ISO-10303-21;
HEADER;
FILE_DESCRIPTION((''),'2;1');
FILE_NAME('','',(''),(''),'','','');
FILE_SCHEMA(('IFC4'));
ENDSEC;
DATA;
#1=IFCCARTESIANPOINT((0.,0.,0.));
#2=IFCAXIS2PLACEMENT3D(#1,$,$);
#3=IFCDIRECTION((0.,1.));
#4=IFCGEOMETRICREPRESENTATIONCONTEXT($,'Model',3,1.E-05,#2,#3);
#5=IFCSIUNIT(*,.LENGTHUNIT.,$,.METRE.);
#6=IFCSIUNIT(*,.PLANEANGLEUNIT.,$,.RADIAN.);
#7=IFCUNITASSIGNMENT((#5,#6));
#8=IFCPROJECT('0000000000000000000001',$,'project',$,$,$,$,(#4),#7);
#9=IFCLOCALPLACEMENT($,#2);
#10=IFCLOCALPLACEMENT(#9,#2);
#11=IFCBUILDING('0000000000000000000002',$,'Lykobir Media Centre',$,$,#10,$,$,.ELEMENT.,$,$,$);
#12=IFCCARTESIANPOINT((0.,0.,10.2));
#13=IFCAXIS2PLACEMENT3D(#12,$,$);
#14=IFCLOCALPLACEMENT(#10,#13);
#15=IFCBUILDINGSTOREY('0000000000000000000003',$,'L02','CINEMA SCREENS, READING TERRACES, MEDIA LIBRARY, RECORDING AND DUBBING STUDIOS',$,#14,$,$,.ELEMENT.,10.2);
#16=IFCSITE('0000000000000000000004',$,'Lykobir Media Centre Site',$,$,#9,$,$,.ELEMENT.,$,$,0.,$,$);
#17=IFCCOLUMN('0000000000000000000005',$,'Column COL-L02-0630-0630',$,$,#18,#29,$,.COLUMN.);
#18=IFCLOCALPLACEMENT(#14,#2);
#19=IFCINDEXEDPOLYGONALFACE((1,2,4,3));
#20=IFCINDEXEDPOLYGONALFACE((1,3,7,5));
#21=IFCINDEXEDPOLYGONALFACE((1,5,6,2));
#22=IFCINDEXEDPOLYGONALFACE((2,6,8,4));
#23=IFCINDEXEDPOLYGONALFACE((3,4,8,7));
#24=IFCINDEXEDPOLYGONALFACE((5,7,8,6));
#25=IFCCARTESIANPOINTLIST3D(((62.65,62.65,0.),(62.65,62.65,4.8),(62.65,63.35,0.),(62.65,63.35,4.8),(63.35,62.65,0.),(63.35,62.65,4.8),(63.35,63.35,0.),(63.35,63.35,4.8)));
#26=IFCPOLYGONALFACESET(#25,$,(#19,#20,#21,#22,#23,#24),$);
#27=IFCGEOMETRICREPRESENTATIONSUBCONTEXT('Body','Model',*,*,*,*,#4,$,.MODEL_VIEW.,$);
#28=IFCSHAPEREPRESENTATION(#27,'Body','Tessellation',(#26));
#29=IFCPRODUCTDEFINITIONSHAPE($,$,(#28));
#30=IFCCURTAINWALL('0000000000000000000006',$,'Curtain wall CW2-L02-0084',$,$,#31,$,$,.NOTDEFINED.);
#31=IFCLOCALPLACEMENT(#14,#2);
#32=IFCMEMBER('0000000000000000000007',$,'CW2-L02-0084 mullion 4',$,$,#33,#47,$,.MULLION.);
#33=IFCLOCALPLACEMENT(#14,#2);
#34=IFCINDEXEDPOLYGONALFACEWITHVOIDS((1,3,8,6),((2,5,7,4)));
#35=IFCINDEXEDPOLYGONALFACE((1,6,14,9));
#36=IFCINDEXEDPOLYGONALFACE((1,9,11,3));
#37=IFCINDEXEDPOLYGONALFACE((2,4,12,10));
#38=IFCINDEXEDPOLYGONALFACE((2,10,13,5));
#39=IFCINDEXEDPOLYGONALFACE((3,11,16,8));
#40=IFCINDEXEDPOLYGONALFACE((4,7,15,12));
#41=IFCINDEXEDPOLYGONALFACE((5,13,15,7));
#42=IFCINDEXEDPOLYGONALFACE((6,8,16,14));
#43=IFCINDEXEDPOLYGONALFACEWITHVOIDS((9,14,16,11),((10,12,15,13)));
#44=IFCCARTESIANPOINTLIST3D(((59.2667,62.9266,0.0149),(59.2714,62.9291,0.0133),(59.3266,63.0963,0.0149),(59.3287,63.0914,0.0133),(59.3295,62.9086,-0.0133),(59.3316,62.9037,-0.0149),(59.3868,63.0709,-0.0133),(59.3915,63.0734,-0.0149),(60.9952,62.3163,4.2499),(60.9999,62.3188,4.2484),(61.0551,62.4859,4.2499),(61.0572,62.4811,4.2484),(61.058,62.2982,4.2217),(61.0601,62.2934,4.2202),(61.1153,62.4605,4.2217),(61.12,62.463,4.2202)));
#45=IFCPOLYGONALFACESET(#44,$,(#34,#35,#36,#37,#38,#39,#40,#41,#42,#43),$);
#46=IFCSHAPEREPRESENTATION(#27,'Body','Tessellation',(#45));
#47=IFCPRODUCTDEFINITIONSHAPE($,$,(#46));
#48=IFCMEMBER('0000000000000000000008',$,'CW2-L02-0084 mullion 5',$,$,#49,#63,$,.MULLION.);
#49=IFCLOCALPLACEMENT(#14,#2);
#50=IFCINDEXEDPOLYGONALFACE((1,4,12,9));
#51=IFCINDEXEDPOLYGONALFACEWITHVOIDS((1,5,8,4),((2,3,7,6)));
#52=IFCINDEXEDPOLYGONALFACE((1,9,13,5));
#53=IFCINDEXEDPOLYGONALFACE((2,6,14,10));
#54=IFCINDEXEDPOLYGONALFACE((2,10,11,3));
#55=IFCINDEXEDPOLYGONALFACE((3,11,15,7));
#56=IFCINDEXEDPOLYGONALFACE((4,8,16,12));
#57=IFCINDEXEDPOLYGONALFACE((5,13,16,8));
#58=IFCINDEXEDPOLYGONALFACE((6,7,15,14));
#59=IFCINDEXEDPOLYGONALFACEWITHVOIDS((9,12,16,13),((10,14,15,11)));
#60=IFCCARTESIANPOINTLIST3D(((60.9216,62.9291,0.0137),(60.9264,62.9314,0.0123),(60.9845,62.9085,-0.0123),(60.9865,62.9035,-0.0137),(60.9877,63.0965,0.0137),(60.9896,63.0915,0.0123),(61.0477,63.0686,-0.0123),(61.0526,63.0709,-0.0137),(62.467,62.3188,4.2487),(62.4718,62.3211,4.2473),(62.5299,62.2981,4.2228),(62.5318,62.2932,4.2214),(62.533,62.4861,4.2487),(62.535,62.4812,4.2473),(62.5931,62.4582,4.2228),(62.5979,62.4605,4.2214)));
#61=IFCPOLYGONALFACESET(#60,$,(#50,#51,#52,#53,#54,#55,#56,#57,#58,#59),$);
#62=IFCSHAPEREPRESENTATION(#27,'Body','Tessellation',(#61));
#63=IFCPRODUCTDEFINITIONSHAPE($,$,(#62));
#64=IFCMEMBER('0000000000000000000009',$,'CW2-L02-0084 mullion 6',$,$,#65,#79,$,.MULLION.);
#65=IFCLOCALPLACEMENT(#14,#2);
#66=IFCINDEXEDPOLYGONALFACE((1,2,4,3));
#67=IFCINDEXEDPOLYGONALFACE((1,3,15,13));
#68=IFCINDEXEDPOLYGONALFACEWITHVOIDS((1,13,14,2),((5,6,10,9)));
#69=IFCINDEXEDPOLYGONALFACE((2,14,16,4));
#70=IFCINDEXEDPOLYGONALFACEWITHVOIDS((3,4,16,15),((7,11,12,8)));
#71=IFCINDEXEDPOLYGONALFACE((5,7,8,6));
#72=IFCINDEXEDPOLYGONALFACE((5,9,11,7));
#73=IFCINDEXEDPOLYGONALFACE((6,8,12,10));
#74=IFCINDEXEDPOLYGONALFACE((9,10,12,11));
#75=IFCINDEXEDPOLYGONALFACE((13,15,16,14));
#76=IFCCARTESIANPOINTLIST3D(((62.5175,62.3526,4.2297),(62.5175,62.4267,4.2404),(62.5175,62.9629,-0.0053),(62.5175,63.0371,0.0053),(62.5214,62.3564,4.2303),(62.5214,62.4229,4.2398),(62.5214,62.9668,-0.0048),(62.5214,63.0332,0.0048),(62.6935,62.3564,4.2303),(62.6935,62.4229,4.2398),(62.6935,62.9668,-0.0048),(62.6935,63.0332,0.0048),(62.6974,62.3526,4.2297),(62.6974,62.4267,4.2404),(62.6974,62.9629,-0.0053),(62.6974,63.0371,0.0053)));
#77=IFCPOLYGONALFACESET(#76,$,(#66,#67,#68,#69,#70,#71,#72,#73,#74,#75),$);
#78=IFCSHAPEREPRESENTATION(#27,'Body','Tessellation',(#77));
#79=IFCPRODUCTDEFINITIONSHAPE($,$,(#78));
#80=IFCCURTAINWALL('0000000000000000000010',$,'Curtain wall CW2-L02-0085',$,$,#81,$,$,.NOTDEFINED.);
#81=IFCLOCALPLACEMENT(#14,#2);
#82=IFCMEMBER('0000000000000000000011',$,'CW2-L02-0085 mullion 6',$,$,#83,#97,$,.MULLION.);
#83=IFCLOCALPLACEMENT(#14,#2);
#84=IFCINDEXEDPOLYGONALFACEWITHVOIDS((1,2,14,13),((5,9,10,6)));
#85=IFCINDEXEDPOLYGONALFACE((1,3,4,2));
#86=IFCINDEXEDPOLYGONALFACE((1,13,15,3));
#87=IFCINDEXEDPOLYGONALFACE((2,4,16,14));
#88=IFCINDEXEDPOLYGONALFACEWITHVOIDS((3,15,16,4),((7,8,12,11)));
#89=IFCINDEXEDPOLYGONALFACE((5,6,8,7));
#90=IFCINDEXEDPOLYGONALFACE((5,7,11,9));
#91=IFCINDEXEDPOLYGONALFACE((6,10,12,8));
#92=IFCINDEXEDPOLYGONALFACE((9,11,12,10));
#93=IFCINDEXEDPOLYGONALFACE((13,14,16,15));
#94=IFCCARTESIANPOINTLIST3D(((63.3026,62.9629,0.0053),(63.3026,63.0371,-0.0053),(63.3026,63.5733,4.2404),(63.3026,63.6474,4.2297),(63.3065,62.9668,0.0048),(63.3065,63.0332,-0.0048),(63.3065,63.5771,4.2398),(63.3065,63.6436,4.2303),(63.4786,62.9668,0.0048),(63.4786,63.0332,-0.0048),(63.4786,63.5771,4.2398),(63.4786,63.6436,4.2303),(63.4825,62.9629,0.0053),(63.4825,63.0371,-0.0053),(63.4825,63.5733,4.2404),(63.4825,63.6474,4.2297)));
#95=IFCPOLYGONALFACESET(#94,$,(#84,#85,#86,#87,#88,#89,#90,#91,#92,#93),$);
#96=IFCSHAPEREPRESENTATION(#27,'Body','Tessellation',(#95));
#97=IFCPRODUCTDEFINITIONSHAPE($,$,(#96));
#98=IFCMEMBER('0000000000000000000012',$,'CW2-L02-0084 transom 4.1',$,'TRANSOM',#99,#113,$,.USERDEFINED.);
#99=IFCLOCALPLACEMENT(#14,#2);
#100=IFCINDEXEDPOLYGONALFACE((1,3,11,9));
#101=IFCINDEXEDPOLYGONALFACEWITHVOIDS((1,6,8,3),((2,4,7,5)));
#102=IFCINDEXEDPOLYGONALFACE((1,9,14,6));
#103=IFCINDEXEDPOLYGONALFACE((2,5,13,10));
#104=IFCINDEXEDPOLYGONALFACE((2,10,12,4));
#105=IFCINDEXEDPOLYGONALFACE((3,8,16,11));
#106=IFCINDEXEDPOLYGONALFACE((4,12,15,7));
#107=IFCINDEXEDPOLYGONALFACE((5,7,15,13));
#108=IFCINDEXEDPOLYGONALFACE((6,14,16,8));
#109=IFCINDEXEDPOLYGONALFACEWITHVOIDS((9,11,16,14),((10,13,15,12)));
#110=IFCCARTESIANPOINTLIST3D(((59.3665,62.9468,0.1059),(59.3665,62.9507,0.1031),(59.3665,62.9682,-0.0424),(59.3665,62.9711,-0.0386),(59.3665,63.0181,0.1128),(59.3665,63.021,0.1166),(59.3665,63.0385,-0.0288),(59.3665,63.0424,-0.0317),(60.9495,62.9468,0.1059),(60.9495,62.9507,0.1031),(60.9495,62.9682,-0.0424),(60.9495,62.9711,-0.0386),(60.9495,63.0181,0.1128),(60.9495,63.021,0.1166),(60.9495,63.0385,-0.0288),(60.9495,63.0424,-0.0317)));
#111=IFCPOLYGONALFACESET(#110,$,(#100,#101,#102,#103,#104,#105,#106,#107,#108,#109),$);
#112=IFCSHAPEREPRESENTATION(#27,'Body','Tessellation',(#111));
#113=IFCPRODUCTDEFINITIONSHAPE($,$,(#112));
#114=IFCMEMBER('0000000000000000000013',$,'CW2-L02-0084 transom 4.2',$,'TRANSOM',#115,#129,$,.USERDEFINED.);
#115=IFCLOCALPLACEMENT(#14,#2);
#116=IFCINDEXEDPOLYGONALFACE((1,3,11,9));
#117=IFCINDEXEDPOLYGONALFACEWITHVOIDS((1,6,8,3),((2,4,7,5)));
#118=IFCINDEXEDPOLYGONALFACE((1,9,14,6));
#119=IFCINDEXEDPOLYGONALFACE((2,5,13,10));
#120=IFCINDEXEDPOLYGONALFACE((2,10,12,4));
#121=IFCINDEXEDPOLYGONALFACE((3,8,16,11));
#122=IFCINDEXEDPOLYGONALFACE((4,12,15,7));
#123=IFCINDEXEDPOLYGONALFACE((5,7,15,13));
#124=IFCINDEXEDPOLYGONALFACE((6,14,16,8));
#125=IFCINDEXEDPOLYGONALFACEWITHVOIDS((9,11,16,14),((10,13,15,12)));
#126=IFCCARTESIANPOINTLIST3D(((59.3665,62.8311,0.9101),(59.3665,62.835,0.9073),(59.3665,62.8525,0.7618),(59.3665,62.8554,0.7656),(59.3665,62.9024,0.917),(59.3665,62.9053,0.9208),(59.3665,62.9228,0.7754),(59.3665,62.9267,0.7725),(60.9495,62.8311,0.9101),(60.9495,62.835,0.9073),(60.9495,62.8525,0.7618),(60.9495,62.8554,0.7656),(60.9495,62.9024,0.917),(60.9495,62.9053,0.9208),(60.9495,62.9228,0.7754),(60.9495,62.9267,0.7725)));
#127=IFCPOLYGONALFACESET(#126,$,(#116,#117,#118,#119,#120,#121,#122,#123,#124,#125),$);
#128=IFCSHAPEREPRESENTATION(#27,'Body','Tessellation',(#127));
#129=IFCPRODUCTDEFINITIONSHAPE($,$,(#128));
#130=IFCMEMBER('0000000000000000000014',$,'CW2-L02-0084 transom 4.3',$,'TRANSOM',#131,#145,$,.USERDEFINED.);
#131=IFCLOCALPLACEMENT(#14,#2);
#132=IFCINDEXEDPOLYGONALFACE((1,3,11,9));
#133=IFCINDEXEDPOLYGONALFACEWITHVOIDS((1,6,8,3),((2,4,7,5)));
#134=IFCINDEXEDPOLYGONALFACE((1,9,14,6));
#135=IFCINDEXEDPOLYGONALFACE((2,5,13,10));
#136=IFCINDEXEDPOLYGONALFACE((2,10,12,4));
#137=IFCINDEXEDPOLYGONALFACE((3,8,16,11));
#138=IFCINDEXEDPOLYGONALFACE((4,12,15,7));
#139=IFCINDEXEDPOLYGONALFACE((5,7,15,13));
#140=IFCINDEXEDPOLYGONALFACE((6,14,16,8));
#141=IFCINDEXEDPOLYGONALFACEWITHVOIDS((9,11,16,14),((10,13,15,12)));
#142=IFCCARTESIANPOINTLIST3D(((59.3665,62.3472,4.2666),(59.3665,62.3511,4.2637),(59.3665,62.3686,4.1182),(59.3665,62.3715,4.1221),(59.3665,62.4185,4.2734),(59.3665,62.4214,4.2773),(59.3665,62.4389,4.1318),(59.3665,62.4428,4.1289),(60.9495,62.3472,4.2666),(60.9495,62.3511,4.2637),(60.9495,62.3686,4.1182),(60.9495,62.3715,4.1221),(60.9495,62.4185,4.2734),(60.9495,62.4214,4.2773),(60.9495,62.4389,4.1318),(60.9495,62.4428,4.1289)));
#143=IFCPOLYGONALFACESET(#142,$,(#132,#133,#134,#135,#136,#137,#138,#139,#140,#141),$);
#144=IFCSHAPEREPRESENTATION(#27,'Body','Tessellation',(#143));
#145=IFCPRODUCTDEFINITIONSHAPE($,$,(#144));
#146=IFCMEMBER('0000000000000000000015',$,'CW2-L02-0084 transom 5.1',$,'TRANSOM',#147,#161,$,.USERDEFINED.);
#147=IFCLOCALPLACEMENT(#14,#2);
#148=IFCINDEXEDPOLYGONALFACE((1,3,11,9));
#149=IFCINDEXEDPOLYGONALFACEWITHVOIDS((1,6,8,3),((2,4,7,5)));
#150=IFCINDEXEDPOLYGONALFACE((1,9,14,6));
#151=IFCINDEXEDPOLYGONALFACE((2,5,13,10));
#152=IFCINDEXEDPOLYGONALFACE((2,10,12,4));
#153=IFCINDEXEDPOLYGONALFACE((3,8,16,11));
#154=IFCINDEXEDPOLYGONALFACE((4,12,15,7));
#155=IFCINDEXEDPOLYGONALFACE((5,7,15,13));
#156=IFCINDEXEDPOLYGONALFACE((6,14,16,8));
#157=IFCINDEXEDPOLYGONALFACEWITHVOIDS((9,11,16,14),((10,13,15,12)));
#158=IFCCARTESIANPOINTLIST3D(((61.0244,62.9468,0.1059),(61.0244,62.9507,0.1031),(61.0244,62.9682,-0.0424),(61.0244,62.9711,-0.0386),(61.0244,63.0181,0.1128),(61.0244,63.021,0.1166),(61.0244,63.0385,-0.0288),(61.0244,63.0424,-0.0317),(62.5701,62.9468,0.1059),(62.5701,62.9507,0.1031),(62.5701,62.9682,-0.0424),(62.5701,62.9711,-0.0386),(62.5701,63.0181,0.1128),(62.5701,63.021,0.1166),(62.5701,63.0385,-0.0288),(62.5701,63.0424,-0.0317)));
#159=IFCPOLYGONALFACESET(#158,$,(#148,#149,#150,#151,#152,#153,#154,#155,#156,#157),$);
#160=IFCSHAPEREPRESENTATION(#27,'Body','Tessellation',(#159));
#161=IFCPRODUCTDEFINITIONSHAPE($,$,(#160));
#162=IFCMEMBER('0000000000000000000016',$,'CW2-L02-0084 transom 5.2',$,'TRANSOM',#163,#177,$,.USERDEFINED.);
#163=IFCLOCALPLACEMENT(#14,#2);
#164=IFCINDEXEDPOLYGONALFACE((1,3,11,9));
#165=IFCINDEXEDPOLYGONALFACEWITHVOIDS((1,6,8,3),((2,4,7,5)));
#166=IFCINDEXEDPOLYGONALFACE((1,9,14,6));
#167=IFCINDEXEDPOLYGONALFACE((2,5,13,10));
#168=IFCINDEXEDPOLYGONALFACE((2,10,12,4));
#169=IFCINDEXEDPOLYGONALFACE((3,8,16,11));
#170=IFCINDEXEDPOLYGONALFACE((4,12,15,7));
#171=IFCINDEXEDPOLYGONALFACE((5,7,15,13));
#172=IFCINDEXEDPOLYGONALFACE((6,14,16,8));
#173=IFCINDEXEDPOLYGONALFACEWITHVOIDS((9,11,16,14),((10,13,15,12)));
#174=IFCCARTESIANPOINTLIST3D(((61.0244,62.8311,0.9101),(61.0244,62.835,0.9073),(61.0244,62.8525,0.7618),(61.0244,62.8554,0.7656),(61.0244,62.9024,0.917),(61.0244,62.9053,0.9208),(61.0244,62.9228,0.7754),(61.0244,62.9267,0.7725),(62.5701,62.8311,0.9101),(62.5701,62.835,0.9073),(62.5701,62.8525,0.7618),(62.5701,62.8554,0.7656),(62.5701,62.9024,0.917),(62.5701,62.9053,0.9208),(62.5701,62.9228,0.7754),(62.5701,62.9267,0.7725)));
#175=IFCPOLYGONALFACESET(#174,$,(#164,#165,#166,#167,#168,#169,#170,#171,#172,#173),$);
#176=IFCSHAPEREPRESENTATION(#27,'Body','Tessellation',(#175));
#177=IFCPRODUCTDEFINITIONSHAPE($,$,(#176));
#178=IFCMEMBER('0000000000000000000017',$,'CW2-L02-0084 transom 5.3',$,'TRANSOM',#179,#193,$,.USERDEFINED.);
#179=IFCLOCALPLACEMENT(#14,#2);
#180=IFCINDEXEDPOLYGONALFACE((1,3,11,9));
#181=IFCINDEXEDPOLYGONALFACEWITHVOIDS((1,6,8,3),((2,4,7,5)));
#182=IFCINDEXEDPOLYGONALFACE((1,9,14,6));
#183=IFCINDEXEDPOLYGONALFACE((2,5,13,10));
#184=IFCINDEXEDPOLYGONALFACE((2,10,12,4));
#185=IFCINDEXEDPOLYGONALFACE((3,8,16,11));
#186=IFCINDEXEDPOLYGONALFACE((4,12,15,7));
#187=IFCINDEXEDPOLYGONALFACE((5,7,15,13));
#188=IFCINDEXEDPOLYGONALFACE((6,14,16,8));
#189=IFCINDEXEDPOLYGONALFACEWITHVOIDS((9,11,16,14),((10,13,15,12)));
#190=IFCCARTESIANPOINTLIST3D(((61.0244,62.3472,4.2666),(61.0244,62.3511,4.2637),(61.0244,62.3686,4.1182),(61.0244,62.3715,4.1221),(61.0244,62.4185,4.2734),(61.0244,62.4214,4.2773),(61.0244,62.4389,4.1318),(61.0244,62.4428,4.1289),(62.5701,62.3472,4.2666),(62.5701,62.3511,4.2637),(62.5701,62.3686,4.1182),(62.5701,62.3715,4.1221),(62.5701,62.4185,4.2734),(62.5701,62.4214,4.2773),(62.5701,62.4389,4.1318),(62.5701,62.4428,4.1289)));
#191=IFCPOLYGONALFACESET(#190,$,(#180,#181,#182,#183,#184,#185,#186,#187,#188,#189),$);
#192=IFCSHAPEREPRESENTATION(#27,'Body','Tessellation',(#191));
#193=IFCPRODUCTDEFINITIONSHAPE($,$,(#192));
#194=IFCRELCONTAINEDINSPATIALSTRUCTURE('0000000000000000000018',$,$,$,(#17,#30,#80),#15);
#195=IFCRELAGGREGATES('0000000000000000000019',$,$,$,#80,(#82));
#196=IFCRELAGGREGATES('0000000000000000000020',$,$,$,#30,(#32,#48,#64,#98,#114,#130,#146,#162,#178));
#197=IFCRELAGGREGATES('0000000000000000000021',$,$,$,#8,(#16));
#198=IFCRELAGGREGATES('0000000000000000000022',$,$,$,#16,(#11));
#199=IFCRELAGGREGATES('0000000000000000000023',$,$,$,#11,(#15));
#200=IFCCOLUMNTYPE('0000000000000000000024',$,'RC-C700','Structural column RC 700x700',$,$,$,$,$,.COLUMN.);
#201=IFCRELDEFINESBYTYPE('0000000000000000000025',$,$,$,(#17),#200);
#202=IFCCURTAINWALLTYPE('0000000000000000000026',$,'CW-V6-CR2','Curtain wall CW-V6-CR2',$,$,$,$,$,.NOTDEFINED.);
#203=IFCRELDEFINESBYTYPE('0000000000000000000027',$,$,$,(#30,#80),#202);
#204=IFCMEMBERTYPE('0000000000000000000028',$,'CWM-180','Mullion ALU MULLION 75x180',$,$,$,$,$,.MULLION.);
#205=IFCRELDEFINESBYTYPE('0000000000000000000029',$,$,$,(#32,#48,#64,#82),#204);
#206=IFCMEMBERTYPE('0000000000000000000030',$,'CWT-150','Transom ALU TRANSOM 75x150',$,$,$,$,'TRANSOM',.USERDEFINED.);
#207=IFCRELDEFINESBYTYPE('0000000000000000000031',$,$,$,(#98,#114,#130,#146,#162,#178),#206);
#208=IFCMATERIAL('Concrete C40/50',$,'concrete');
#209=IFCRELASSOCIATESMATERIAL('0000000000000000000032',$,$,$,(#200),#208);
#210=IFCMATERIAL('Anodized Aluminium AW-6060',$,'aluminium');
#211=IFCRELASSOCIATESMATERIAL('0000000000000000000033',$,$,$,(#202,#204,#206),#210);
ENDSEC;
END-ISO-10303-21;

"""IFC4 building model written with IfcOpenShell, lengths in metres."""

from ifc_helpers import new_model, si_unit, direction, frame, origin, origin_2d, place, context, subcontext, project, spatial, rectangle, hollow_rectangle, extrude, material, material_profile, profile_set, type_object, element, aggregate, save


model = new_model("IFC4")

# Units and contexts
model_context = context("Model", 3, precision=1e-05, world=origin(), true_north=direction((0.0, 1.0)))
body_context = subcontext(model_context, "Body", "Model", "MODEL_VIEW")
ifc_project = project(units=[si_unit("LENGTHUNIT", "METRE"), si_unit("PLANEANGLEUNIT", "RADIAN")], contexts=[model_context])

# Site, building, storey
site_placement = place(None, origin())
site = spatial("IfcSite", under=ifc_project, at=site_placement, Name="Lykobir Media Centre Site", CompositionType="ELEMENT", RefElevation=0.0)
building_placement = place(site_placement, origin())
building = spatial("IfcBuilding", under=site, at=building_placement, Name="Lykobir Media Centre", CompositionType="ELEMENT")
storey_placement = place(building_placement, frame((0.0, 0.0, 10.2)))
storey = spatial("IfcBuildingStorey", under=building, at=storey_placement, Name="L02", Description="CINEMA SCREENS, READING TERRACES, MEDIA LIBRARY, RECORDING AND DUBBING STUDIOS", CompositionType="ELEMENT", Elevation=10.2)

# Column
ifc_material_1 = material(Name="Concrete C40/50", Category="concrete")
ifc_material_profile_1 = material_profile(ifc_material_1, rectangle(XDim=0.7, YDim=0.7, at=origin_2d()), Name="RC 700x700")
ifc_profile_set_1 = profile_set([ifc_material_profile_1], Name="Concrete C40/50")
column_type = type_object("IfcColumnType", Name="RC-C700", Description="Structural column RC 700x700", PredefinedType="COLUMN", material=ifc_profile_set_1)
column_placement = place(storey_placement, frame((63.0, 63.0, 0.0), z_axis=(0.0, 0.0, 1.0), x_axis=(1.0, 0.0, 0.0)))
element("IfcColumn", 1, at=column_placement, inside=storey, type_object=column_type, Name="Column COL-L02-0630-0630", PredefinedType="COLUMN", context=body_context, shape_type="SweptSolid", body=[
    extrude(rectangle(XDim=0.7, YDim=0.7, at=origin_2d()), origin(), (0.0, 0.0, 1.0), 4.8),
])

# Curtain wall, members
ifc_material_2 = material(Name="Anodized Aluminium AW-6060", Category="aluminium")
curtain_wall_type = type_object("IfcCurtainWallType", Name="CW-V6-CR2", Description="Curtain wall CW-V6-CR2", PredefinedType="NOTDEFINED", material=ifc_material_2)
curtain_wall_1_placement = place(storey_placement, origin())
curtain_wall_1 = element("IfcCurtainWall", 2, at=curtain_wall_1_placement, inside=storey, type_object=curtain_wall_type, Name="Curtain wall CW2-L02-0084", PredefinedType="NOTDEFINED")
ifc_material_profile_2 = material_profile(ifc_material_2, hollow_rectangle(XDim=0.075, YDim=0.1799, WallThickness=0.0039, at=origin_2d()), Name="ALU MULLION 75x180")
ifc_profile_set_2 = profile_set([ifc_material_profile_2], Name="Anodized Aluminium AW-6060")
member_type_1 = type_object("IfcMemberType", Name="CWM-180", Description="Mullion ALU MULLION 75x180", PredefinedType="MULLION", material=ifc_profile_set_2)
member_1_placement = place(storey_placement, frame((59.3291, 63.0, 0.0), z_axis=(0.374559, -0.132259, 0.917722), x_axis=(-0.865358, 0.305564, 0.397224)))
member_1 = element("IfcMember", 3, at=member_1_placement, type_object=member_type_1, Name="CW2-L02-0084 mullion 4", PredefinedType="MULLION", context=body_context, shape_type="SweptSolid", body=[
    extrude(hollow_rectangle(XDim=0.075, YDim=0.1799, WallThickness=0.0039, at=origin_2d()), origin(), (0.0, 0.0, 1.0), 4.6147),
])
member_2_placement = place(storey_placement, frame((60.9871, 63.0, 0.0), z_axis=(0.339696, -0.134161, 0.930917), x_axis=(-0.865836, 0.341957, 0.36523)))
member_2 = element("IfcMember", 4, at=member_2_placement, type_object=member_type_1, Name="CW2-L02-0084 mullion 5", PredefinedType="MULLION", context=body_context, shape_type="SweptSolid", body=[
    extrude(hollow_rectangle(XDim=0.075, YDim=0.1799, WallThickness=0.0039, at=origin_2d()), origin(), (0.0, 0.0, 1.0), 4.5493),
])
member_3_placement = place(storey_placement, frame((62.6074, 63.0, 0.0), z_axis=(0.0, -0.142643, 0.989774), x_axis=(0.0, 0.989774, 0.142643)))
member_3 = element("IfcMember", 5, at=member_3_placement, type_object=member_type_1, Name="CW2-L02-0084 mullion 6", PredefinedType="MULLION", context=body_context, shape_type="SweptSolid", body=[
    extrude(hollow_rectangle(XDim=0.075, YDim=0.1799, WallThickness=0.0039, at=origin_2d()), origin(), (0.0, 0.0, 1.0), 4.2788),
])

# Curtain wall, member
curtain_wall_2_placement = place(storey_placement, origin())
curtain_wall_2 = element("IfcCurtainWall", 6, at=curtain_wall_2_placement, inside=storey, type_object=curtain_wall_type, Name="Curtain wall CW2-L02-0085", PredefinedType="NOTDEFINED")
member_4_placement = place(storey_placement, frame((63.3926, 63.0, 0.0), z_axis=(0.0, 0.142643, 0.989774), x_axis=(0.0, 0.989774, -0.142643)))
member_4 = element("IfcMember", 7, at=member_4_placement, type_object=member_type_1, Name="CW2-L02-0085 mullion 6", PredefinedType="MULLION", context=body_context, shape_type="SweptSolid", body=[
    extrude(hollow_rectangle(XDim=0.075, YDim=0.1799, WallThickness=0.0039, at=origin_2d()), origin(), (0.0, 0.0, 1.0), 4.2788),
])

# Members
ifc_material_profile_3 = material_profile(ifc_material_2, hollow_rectangle(XDim=0.075, YDim=0.1499, WallThickness=0.0034, at=origin_2d()), Name="ALU TRANSOM 75x150")
ifc_profile_set_3 = profile_set([ifc_material_profile_3], Name="Anodized Aluminium AW-6060")
member_type_2 = type_object("IfcMemberType", Name="CWT-150", Description="Transom ALU TRANSOM 75x150", ElementType="TRANSOM", PredefinedType="USERDEFINED", material=ifc_profile_set_3)
member_5_placement = place(storey_placement, frame((59.3665, 62.9946, 0.0371), z_axis=(1.0, 0.0, 0.0), x_axis=(0.0, 0.989776, 0.142629)))
member_5 = element("IfcMember", 8, at=member_5_placement, type_object=member_type_2, Name="CW2-L02-0084 transom 4.1", ObjectType="TRANSOM", PredefinedType="USERDEFINED", context=body_context, shape_type="SweptSolid", body=[
    extrude(hollow_rectangle(XDim=0.075, YDim=0.1499, WallThickness=0.0034, at=origin_2d()), origin(), (0.0, 0.0, 1.0), 1.583),
])
member_6_placement = place(storey_placement, frame((59.3665, 62.8789, 0.8413), z_axis=(1.0, 0.0, 0.0), x_axis=(0.0, 0.989776, 0.142629)))
member_6 = element("IfcMember", 9, at=member_6_placement, type_object=member_type_2, Name="CW2-L02-0084 transom 4.2", ObjectType="TRANSOM", PredefinedType="USERDEFINED", context=body_context, shape_type="SweptSolid", body=[
    extrude(hollow_rectangle(XDim=0.075, YDim=0.1499, WallThickness=0.0034, at=origin_2d()), origin(), (0.0, 0.0, 1.0), 1.583),
])
member_7_placement = place(storey_placement, frame((59.3665, 62.395, 4.1978), z_axis=(1.0, 0.0, 0.0), x_axis=(0.0, 0.989776, 0.142629)))
member_7 = element("IfcMember", 10, at=member_7_placement, type_object=member_type_2, Name="CW2-L02-0084 transom 4.3", ObjectType="TRANSOM", PredefinedType="USERDEFINED", context=body_context, shape_type="SweptSolid", body=[
    extrude(hollow_rectangle(XDim=0.075, YDim=0.1499, WallThickness=0.0034, at=origin_2d()), origin(), (0.0, 0.0, 1.0), 1.583),
])
member_8_placement = place(storey_placement, frame((61.0244, 62.9946, 0.0371), z_axis=(1.0, 0.0, 0.0), x_axis=(0.0, 0.989776, 0.142629)))
member_8 = element("IfcMember", 11, at=member_8_placement, type_object=member_type_2, Name="CW2-L02-0084 transom 5.1", ObjectType="TRANSOM", PredefinedType="USERDEFINED", context=body_context, shape_type="SweptSolid", body=[
    extrude(hollow_rectangle(XDim=0.075, YDim=0.1499, WallThickness=0.0034, at=origin_2d()), origin(), (0.0, 0.0, 1.0), 1.5457),
])
member_9_placement = place(storey_placement, frame((61.0244, 62.8789, 0.8413), z_axis=(1.0, 0.0, 0.0), x_axis=(0.0, 0.989776, 0.142629)))
member_9 = element("IfcMember", 12, at=member_9_placement, type_object=member_type_2, Name="CW2-L02-0084 transom 5.2", ObjectType="TRANSOM", PredefinedType="USERDEFINED", context=body_context, shape_type="SweptSolid", body=[
    extrude(hollow_rectangle(XDim=0.075, YDim=0.1499, WallThickness=0.0034, at=origin_2d()), origin(), (0.0, 0.0, 1.0), 1.5457),
])
member_10_placement = place(storey_placement, frame((61.0244, 62.395, 4.1978), z_axis=(1.0, 0.0, 0.0), x_axis=(0.0, 0.989776, 0.142629)))
member_10 = element("IfcMember", 13, at=member_10_placement, type_object=member_type_2, Name="CW2-L02-0084 transom 5.3", ObjectType="TRANSOM", PredefinedType="USERDEFINED", context=body_context, shape_type="SweptSolid", body=[
    extrude(hollow_rectangle(XDim=0.075, YDim=0.1499, WallThickness=0.0034, at=origin_2d()), origin(), (0.0, 0.0, 1.0), 1.5457),
])

aggregate(curtain_wall_2, [member_4])
aggregate(curtain_wall_1, [member_1, member_2, member_3, member_5, member_6, member_7, member_8, member_9, member_10])

save(model, "model.ifc")
